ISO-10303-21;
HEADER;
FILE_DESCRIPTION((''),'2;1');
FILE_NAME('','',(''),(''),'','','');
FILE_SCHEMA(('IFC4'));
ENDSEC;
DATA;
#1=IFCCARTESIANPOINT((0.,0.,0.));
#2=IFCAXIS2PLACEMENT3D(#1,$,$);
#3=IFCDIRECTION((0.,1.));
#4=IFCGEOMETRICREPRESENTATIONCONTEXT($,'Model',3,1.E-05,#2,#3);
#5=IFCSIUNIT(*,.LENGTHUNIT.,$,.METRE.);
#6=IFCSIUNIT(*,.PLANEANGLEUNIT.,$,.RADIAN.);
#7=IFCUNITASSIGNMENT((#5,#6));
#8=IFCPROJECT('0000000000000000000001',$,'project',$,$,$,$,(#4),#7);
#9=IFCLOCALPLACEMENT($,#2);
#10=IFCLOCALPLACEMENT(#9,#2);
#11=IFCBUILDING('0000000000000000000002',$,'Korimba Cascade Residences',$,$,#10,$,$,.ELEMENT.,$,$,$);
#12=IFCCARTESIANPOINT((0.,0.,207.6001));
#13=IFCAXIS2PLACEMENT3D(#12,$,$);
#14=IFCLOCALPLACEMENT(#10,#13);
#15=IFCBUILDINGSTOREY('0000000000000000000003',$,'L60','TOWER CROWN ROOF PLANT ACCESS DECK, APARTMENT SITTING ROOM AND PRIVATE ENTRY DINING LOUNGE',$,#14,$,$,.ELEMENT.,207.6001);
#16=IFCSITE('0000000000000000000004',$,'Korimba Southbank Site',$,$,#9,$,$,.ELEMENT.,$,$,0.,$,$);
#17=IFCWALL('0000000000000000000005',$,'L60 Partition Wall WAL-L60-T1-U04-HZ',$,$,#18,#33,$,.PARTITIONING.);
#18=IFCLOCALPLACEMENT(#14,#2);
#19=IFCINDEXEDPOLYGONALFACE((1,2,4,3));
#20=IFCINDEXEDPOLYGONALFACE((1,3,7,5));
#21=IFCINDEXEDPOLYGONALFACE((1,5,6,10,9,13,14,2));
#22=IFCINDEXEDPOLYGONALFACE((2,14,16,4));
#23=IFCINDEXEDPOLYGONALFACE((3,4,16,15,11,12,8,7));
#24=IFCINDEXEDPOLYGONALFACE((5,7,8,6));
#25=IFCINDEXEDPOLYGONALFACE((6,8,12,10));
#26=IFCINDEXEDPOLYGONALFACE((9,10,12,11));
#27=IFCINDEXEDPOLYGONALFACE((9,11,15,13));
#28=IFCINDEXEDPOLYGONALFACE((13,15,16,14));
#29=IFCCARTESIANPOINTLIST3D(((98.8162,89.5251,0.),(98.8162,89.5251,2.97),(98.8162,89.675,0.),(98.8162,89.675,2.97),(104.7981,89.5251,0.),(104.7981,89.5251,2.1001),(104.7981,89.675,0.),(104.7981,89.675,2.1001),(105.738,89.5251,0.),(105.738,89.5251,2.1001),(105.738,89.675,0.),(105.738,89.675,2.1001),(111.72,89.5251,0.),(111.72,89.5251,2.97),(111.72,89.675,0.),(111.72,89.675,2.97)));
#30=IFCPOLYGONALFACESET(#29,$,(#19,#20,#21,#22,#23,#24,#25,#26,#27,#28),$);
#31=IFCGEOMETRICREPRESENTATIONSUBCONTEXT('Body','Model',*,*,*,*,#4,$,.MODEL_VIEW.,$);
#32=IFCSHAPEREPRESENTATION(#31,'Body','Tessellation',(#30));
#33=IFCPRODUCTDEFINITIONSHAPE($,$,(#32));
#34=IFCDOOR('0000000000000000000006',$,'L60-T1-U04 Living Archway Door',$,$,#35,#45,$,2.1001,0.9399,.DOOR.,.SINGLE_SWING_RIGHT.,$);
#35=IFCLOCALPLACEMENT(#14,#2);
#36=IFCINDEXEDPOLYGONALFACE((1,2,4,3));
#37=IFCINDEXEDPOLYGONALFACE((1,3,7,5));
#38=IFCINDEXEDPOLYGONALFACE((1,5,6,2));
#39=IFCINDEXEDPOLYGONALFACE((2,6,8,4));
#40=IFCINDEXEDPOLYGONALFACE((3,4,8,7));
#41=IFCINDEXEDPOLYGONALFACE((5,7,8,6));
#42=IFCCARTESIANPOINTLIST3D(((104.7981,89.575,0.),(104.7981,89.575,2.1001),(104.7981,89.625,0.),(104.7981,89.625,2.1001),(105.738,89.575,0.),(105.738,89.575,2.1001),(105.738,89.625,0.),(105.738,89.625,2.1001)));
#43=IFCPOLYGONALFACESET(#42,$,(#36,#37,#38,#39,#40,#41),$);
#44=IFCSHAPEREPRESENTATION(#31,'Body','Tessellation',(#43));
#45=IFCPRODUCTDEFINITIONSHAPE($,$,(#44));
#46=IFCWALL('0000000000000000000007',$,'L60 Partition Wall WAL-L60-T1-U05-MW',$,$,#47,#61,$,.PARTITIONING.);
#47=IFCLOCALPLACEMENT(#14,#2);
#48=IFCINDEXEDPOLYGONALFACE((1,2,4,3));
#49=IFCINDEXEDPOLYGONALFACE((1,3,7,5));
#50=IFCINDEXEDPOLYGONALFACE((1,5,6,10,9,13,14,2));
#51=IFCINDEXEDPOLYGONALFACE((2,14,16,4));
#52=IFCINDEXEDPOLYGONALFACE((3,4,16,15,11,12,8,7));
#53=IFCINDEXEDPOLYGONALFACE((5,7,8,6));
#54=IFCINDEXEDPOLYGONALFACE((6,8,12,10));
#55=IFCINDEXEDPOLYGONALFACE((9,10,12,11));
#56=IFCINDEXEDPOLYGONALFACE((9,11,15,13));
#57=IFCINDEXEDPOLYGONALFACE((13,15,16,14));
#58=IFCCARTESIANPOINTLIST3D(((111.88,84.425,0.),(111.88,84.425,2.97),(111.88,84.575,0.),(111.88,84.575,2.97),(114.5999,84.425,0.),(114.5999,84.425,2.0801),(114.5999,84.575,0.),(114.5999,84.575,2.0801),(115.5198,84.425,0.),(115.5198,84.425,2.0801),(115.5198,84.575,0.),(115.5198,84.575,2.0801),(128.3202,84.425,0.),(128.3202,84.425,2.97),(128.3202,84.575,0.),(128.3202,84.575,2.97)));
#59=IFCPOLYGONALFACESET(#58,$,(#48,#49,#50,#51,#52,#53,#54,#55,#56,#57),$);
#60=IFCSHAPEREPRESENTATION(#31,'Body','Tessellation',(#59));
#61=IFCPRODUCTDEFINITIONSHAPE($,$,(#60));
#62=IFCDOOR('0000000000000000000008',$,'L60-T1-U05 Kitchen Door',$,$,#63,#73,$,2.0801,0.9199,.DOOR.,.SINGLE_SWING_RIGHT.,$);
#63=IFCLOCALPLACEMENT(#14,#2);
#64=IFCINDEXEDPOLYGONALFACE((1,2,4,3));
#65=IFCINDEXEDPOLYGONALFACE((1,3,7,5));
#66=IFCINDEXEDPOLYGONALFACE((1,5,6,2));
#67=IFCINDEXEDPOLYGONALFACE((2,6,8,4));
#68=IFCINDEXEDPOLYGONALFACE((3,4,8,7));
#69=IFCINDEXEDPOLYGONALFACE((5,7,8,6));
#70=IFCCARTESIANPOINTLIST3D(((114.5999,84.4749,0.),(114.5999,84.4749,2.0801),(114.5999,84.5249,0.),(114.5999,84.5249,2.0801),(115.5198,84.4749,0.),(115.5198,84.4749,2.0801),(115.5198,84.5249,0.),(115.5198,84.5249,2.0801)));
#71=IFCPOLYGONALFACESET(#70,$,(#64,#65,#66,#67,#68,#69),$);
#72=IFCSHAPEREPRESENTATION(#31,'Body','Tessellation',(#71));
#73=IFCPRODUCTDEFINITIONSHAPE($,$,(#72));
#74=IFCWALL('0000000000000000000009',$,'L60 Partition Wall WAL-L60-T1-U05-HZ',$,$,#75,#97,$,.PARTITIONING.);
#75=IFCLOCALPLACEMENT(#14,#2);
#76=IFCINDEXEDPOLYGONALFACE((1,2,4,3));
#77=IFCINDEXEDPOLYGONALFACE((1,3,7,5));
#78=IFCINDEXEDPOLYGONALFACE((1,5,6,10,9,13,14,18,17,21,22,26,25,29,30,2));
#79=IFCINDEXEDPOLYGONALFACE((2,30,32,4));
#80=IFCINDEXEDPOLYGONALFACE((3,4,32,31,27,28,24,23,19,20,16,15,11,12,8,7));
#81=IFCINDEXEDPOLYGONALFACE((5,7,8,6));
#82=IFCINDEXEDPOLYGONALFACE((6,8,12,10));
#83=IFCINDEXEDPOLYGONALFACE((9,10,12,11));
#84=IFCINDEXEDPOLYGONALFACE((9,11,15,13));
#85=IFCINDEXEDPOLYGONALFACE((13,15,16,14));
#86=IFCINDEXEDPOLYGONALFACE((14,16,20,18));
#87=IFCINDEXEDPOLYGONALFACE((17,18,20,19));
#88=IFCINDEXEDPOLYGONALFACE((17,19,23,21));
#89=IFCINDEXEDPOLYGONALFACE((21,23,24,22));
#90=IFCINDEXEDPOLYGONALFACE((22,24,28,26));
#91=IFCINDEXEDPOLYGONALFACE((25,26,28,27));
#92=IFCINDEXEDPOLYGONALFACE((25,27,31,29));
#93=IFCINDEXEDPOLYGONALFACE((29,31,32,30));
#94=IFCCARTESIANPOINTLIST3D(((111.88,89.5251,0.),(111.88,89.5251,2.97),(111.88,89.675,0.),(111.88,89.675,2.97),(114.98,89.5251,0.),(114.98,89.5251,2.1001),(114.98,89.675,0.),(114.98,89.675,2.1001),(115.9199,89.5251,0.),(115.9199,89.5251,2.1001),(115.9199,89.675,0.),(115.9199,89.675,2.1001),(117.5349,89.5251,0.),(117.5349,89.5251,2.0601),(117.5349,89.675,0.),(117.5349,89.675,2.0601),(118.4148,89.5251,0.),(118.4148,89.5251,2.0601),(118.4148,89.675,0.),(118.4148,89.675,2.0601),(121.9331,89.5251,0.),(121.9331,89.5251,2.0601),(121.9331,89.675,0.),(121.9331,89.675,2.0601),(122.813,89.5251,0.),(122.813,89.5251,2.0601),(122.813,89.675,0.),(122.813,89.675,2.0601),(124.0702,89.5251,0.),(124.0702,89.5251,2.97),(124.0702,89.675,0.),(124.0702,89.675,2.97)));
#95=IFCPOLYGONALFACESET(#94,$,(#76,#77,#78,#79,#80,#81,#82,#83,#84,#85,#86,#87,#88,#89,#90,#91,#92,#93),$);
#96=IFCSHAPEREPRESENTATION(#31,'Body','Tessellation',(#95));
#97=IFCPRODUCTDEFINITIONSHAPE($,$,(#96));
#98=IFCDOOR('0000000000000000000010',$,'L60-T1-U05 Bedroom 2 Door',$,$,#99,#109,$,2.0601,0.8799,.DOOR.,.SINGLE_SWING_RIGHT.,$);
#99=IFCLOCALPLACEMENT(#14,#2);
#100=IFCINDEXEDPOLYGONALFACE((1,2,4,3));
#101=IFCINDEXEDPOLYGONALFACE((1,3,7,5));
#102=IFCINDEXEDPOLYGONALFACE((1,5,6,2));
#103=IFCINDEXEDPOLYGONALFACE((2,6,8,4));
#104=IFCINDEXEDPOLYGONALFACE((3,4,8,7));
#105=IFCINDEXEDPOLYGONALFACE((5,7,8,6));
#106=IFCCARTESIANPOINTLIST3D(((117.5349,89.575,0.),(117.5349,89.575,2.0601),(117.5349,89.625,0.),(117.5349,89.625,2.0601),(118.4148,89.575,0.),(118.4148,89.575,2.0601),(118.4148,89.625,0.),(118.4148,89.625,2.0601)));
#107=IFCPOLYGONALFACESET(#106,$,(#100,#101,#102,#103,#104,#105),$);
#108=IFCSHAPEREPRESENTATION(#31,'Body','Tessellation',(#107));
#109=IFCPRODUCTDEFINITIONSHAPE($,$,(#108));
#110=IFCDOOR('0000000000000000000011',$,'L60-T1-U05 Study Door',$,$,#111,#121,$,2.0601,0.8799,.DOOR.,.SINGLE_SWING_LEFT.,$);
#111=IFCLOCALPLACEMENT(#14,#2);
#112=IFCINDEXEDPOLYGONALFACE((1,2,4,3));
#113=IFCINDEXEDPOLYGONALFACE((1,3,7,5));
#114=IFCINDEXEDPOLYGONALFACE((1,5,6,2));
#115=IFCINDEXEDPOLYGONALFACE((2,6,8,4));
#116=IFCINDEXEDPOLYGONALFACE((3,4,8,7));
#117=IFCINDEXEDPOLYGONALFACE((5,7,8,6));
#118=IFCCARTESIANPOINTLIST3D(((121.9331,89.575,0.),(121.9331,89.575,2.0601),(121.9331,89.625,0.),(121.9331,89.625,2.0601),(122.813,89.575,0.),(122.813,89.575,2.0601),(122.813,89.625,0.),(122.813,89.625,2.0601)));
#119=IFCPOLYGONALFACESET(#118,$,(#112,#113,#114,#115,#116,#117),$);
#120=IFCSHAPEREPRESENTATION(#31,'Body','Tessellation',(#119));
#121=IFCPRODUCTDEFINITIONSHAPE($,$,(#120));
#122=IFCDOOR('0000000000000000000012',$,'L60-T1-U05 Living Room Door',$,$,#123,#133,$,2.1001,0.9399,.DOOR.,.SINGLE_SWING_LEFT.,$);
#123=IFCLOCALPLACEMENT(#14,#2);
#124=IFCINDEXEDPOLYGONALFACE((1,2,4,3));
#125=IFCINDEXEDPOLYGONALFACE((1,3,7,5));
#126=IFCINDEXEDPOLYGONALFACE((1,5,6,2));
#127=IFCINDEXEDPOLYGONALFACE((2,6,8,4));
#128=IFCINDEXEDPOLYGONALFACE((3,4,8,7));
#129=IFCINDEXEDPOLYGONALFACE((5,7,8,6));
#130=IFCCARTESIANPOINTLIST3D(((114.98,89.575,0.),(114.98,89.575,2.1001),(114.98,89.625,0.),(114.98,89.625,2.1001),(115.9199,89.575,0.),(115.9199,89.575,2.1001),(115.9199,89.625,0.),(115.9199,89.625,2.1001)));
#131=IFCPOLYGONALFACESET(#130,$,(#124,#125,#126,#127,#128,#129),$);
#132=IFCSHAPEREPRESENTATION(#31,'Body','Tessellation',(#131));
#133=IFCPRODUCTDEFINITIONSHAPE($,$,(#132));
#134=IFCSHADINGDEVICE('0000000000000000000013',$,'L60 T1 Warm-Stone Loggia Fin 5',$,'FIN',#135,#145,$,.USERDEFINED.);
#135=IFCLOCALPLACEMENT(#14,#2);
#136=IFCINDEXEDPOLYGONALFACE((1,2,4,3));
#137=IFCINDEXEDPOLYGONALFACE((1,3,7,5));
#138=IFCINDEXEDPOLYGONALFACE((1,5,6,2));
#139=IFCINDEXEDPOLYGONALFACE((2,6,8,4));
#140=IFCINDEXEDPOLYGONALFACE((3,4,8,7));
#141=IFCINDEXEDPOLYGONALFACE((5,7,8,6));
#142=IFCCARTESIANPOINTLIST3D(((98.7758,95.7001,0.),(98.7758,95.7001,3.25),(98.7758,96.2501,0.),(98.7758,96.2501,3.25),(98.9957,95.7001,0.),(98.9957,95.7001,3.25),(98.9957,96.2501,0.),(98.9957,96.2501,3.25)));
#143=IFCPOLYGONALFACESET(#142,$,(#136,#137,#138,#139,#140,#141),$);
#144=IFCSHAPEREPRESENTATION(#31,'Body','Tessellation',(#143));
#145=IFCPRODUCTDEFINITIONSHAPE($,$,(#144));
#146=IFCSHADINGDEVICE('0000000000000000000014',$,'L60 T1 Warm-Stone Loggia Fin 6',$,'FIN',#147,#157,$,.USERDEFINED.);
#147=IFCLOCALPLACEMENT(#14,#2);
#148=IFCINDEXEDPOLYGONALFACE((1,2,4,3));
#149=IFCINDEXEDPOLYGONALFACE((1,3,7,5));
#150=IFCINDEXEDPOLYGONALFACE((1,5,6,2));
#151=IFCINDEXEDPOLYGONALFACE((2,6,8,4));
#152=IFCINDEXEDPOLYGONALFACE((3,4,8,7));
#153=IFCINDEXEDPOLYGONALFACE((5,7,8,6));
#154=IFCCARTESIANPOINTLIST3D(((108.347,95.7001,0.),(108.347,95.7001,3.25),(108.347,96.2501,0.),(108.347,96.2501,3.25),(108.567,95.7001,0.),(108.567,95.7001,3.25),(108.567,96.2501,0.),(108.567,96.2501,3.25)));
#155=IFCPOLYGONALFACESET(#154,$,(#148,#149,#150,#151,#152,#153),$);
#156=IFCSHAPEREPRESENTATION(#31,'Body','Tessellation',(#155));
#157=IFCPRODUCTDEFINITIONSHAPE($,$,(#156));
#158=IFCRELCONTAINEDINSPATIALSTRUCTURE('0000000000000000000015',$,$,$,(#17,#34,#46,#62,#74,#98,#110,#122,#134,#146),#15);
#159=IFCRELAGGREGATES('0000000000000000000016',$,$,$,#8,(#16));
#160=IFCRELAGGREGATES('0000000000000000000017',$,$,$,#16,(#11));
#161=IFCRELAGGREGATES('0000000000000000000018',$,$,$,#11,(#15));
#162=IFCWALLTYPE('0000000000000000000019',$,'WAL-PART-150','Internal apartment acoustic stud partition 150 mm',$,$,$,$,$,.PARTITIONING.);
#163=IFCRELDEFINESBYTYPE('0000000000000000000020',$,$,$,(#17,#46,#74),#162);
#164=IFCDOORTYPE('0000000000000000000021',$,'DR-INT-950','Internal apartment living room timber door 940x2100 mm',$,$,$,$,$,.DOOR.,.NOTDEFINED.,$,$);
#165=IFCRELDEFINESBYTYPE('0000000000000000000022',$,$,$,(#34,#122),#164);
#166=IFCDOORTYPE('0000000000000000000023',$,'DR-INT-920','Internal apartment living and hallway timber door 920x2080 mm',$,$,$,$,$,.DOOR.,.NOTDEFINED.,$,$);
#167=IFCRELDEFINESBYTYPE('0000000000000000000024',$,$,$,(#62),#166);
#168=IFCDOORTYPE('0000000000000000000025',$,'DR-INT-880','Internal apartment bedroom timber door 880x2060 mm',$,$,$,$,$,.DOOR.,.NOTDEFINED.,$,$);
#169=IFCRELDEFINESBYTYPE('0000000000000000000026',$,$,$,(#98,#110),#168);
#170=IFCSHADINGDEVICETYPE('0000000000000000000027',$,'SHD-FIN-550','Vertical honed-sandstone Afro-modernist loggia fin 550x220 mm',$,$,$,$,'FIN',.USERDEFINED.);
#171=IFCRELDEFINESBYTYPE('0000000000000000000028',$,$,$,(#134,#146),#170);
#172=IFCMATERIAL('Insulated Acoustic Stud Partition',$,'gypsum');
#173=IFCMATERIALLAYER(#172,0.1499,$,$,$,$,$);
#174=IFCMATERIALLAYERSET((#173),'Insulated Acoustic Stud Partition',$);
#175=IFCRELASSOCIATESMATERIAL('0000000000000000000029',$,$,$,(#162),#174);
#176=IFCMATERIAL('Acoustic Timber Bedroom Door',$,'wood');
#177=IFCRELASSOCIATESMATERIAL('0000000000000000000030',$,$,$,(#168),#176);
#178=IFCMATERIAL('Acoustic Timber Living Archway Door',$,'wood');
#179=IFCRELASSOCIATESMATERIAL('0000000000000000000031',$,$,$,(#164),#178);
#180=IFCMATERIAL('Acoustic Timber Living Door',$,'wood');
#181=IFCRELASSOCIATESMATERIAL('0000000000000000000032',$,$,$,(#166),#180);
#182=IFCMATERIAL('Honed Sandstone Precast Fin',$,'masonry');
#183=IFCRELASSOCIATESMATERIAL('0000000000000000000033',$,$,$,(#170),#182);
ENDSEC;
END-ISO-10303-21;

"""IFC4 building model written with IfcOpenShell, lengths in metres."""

from ifc_helpers import new_model, si_unit, direction, frame, frame_2d, origin, origin_2d, place, context, subcontext, project, spatial, rectangle, extrude, material, layer, layer_set, type_object, element, fill, save


model = new_model("IFC4")

# Units and contexts
model_context = context("Model", 3, precision=1e-05, world=origin(), true_north=direction((0.0, 1.0)))
body_context = subcontext(model_context, "Body", "Model", "MODEL_VIEW")
ifc_project = project(units=[si_unit("LENGTHUNIT", "METRE"), si_unit("PLANEANGLEUNIT", "RADIAN")], contexts=[model_context])

# Site, building, storey
site_placement = place(None, origin())
site = spatial("IfcSite", under=ifc_project, at=site_placement, Name="Korimba Southbank Site", CompositionType="ELEMENT", RefElevation=0.0)
building_placement = place(site_placement, origin())
building = spatial("IfcBuilding", under=site, at=building_placement, Name="Korimba Cascade Residences", CompositionType="ELEMENT")
storey_placement = place(building_placement, frame((0.0, 0.0, 207.6001)))
storey = spatial("IfcBuildingStorey", under=building, at=storey_placement, Name="L60", Description="TOWER CROWN ROOF PLANT ACCESS DECK, APARTMENT SITTING ROOM AND PRIVATE ENTRY DINING LOUNGE", CompositionType="ELEMENT", Elevation=207.6001)

# Shared definitions
ifc_material_1 = material(Name="Insulated Acoustic Stud Partition", Category="gypsum")
ifc_layer = layer(ifc_material_1, 0.1499)
ifc_layer_set = layer_set([ifc_layer], Name="Insulated Acoustic Stud Partition")
wall_type = type_object("IfcWallType", Name="WAL-PART-150", Description="Internal apartment acoustic stud partition 150 mm", PredefinedType="PARTITIONING", material=ifc_layer_set)
ifc_material_2 = material(Name="Acoustic Timber Bedroom Door", Category="wood")
door_type_1 = type_object("IfcDoorType", Name="DR-INT-880", Description="Internal apartment bedroom timber door 880x2060 mm", OperationType="NOTDEFINED", PredefinedType="DOOR", material=ifc_material_2)

# Walls, openings, doors
wall_1_placement = place(storey_placement, frame((98.8162, 89.6001, 0.0), z_axis=(0.0, 0.0, 1.0), x_axis=(1.0, 0.0, 0.0)))
wall_1 = element("IfcWall", 1, at=wall_1_placement, inside=storey, type_object=wall_type, Name="L60 Partition Wall WAL-L60-T1-U04-HZ", PredefinedType="PARTITIONING", context=body_context, shape_type="SweptSolid", body=[
    extrude(rectangle(XDim=12.9038, YDim=0.1499, at=frame_2d((6.4519, 0.0))), origin(), (0.0, 0.0, 1.0), 2.97),
])
opening_1_placement = place(wall_1_placement, frame((5.9819, 0.0, 0.0)))
opening_1 = element("IfcOpeningElement", 2, at=opening_1_placement, cuts=wall_1, PredefinedType="OPENING", context=body_context, shape_type="SweptSolid", body=[
    extrude(rectangle(XDim=0.9399, YDim=2.1001, at=frame_2d((0.47, 1.05))), frame((0.0, 0.085, 0.0), z_axis=(0.0, -1.0, 0.0), x_axis=(1.0, 0.0, 0.0)), (0.0, 0.0, 1.0), 0.1699),
])
ifc_material_3 = material(Name="Acoustic Timber Living Archway Door", Category="wood")
door_type_2 = type_object("IfcDoorType", Name="DR-INT-950", Description="Internal apartment living room timber door 940x2100 mm", OperationType="NOTDEFINED", PredefinedType="DOOR", material=ifc_material_3)
door_1_placement = place(opening_1_placement, origin())
door_1 = element("IfcDoor", 3, at=door_1_placement, inside=storey, type_object=door_type_2, Name="L60-T1-U04 Living Archway Door", OperationType="SINGLE_SWING_RIGHT", OverallHeight=2.1001, OverallWidth=0.9399, PredefinedType="DOOR", context=body_context, shape_type="SweptSolid", body=[
    extrude(rectangle(XDim=0.9399, YDim=2.1001, at=frame_2d((0.47, 1.05))), frame((0.0, 0.0249, 0.0), z_axis=(0.0, -1.0, 0.0), x_axis=(1.0, 0.0, 0.0)), (0.0, 0.0, 1.0), 0.05),
])
fill(opening_1, door_1)
wall_2_placement = place(storey_placement, frame((111.8799, 84.5, 0.0), z_axis=(0.0, 0.0, 1.0), x_axis=(1.0, 0.0, 0.0)))
wall_2 = element("IfcWall", 4, at=wall_2_placement, inside=storey, type_object=wall_type, Name="L60 Partition Wall WAL-L60-T1-U05-MW", PredefinedType="PARTITIONING", context=body_context, shape_type="SweptSolid", body=[
    extrude(rectangle(XDim=16.4402, YDim=0.1499, at=frame_2d((8.2202, 0.0))), origin(), (0.0, 0.0, 1.0), 2.97),
])
opening_2_placement = place(wall_2_placement, frame((2.72, 0.0, 0.0)))
opening_2 = element("IfcOpeningElement", 5, at=opening_2_placement, cuts=wall_2, PredefinedType="OPENING", context=body_context, shape_type="SweptSolid", body=[
    extrude(rectangle(XDim=0.9199, YDim=2.0801, at=frame_2d((0.46, 1.04))), frame((0.0, 0.085, 0.0), z_axis=(0.0, -1.0, 0.0), x_axis=(1.0, 0.0, 0.0)), (0.0, 0.0, 1.0), 0.1699),
])
ifc_material_4 = material(Name="Acoustic Timber Living Door", Category="wood")
door_type_3 = type_object("IfcDoorType", Name="DR-INT-920", Description="Internal apartment living and hallway timber door 920x2080 mm", OperationType="NOTDEFINED", PredefinedType="DOOR", material=ifc_material_4)
door_2_placement = place(opening_2_placement, origin())
door_2 = element("IfcDoor", 6, at=door_2_placement, inside=storey, type_object=door_type_3, Name="L60-T1-U05 Kitchen Door", OperationType="SINGLE_SWING_RIGHT", OverallHeight=2.0801, OverallWidth=0.9199, PredefinedType="DOOR", context=body_context, shape_type="SweptSolid", body=[
    extrude(rectangle(XDim=0.9199, YDim=2.0801, at=frame_2d((0.46, 1.04))), frame((0.0, 0.0249, 0.0), z_axis=(0.0, -1.0, 0.0), x_axis=(1.0, 0.0, 0.0)), (0.0, 0.0, 1.0), 0.05),
])
fill(opening_2, door_2)

# Wall, openings, doors
wall_3_placement = place(storey_placement, frame((111.8799, 89.6001, 0.0), z_axis=(0.0, 0.0, 1.0), x_axis=(1.0, 0.0, 0.0)))
wall_3 = element("IfcWall", 7, at=wall_3_placement, inside=storey, type_object=wall_type, Name="L60 Partition Wall WAL-L60-T1-U05-HZ", PredefinedType="PARTITIONING", context=body_context, shape_type="SweptSolid", body=[
    extrude(rectangle(XDim=12.1902, YDim=0.1499, at=frame_2d((6.0952, 0.0))), origin(), (0.0, 0.0, 1.0), 2.97),
])
opening_3_placement = place(wall_3_placement, frame((3.1001, 0.0, 0.0)))
opening_3 = element("IfcOpeningElement", 8, at=opening_3_placement, cuts=wall_3, PredefinedType="OPENING", context=body_context, shape_type="SweptSolid", body=[
    extrude(rectangle(XDim=0.9399, YDim=2.1001, at=frame_2d((0.47, 1.05))), frame((0.0, 0.085, 0.0), z_axis=(0.0, -1.0, 0.0), x_axis=(1.0, 0.0, 0.0)), (0.0, 0.0, 1.0), 0.1699),
])
opening_4_placement = place(wall_3_placement, frame((5.655, 0.0, 0.0)))
opening_4 = element("IfcOpeningElement", 9, at=opening_4_placement, cuts=wall_3, PredefinedType="OPENING", context=body_context, shape_type="SweptSolid", body=[
    extrude(rectangle(XDim=0.8799, YDim=2.0601, at=frame_2d((0.4399, 1.03))), frame((0.0, 0.085, 0.0), z_axis=(0.0, -1.0, 0.0), x_axis=(1.0, 0.0, 0.0)), (0.0, 0.0, 1.0), 0.1699),
])
opening_5_placement = place(wall_3_placement, frame((10.0532, 0.0, 0.0)))
opening_5 = element("IfcOpeningElement", 10, at=opening_5_placement, cuts=wall_3, PredefinedType="OPENING", context=body_context, shape_type="SweptSolid", body=[
    extrude(rectangle(XDim=0.8799, YDim=2.0601, at=frame_2d((0.4399, 1.03))), frame((0.0, 0.085, 0.0), z_axis=(0.0, -1.0, 0.0), x_axis=(1.0, 0.0, 0.0)), (0.0, 0.0, 1.0), 0.1699),
])
door_3_placement = place(opening_4_placement, origin())
door_3 = element("IfcDoor", 11, at=door_3_placement, inside=storey, type_object=door_type_1, Name="L60-T1-U05 Bedroom 2 Door", OperationType="SINGLE_SWING_RIGHT", OverallHeight=2.0601, OverallWidth=0.8799, PredefinedType="DOOR", context=body_context, shape_type="SweptSolid", body=[
    extrude(rectangle(XDim=0.8799, YDim=2.0601, at=frame_2d((0.4399, 1.03))), frame((0.0, 0.0249, 0.0), z_axis=(0.0, -1.0, 0.0), x_axis=(1.0, 0.0, 0.0)), (0.0, 0.0, 1.0), 0.05),
])
fill(opening_4, door_3)
door_4_placement = place(opening_5_placement, origin())
door_4 = element("IfcDoor", 12, at=door_4_placement, inside=storey, type_object=door_type_1, Name="L60-T1-U05 Study Door", OperationType="SINGLE_SWING_LEFT", OverallHeight=2.0601, OverallWidth=0.8799, PredefinedType="DOOR", context=body_context, shape_type="SweptSolid", body=[
    extrude(rectangle(XDim=0.8799, YDim=2.0601, at=frame_2d((0.4399, 1.03))), frame((0.0, 0.0249, 0.0), z_axis=(0.0, -1.0, 0.0), x_axis=(1.0, 0.0, 0.0)), (0.0, 0.0, 1.0), 0.05),
])
fill(opening_5, door_4)
door_5_placement = place(opening_3_placement, origin())
door_5 = element("IfcDoor", 13, at=door_5_placement, inside=storey, type_object=door_type_2, Name="L60-T1-U05 Living Room Door", OperationType="SINGLE_SWING_LEFT", OverallHeight=2.1001, OverallWidth=0.9399, PredefinedType="DOOR", context=body_context, shape_type="SweptSolid", body=[
    extrude(rectangle(XDim=0.9399, YDim=2.1001, at=frame_2d((0.47, 1.05))), frame((0.0, 0.0249, 0.0), z_axis=(0.0, -1.0, 0.0), x_axis=(1.0, 0.0, 0.0)), (0.0, 0.0, 1.0), 0.05),
])
fill(opening_3, door_5)

# Shading devices
ifc_material_5 = material(Name="Honed Sandstone Precast Fin", Category="masonry")
shading_device_type = type_object("IfcShadingDeviceType", Name="SHD-FIN-550", Description="Vertical honed-sandstone Afro-modernist loggia fin 550x220 mm", ElementType="FIN", PredefinedType="USERDEFINED", material=ifc_material_5)
for number, where, z_axis, x_axis, name in (
    (14, (98.8857, 95.9751, 0.0), (0.0, 0.0, 1.0), (1.0, 0.0, 0.0), "L60 T1 Warm-Stone Loggia Fin 5"),
    (15, (108.457, 95.9751, 0.0), (0.0, 0.0, 1.0), (1.0, 0.0, 0.0), "L60 T1 Warm-Stone Loggia Fin 6"),
):
    element("IfcShadingDevice", number, at=place(storey_placement, frame(where, z_axis=z_axis, x_axis=x_axis)), inside=storey, type_object=shading_device_type, Name=name, ObjectType="FIN", PredefinedType="USERDEFINED", context=body_context, shape_type="SweptSolid", body=[
        extrude(rectangle(XDim=0.22, YDim=0.55, at=origin_2d()), origin(), (0.0, 0.0, 1.0), 3.25),
    ])

save(model, "model.ifc")
